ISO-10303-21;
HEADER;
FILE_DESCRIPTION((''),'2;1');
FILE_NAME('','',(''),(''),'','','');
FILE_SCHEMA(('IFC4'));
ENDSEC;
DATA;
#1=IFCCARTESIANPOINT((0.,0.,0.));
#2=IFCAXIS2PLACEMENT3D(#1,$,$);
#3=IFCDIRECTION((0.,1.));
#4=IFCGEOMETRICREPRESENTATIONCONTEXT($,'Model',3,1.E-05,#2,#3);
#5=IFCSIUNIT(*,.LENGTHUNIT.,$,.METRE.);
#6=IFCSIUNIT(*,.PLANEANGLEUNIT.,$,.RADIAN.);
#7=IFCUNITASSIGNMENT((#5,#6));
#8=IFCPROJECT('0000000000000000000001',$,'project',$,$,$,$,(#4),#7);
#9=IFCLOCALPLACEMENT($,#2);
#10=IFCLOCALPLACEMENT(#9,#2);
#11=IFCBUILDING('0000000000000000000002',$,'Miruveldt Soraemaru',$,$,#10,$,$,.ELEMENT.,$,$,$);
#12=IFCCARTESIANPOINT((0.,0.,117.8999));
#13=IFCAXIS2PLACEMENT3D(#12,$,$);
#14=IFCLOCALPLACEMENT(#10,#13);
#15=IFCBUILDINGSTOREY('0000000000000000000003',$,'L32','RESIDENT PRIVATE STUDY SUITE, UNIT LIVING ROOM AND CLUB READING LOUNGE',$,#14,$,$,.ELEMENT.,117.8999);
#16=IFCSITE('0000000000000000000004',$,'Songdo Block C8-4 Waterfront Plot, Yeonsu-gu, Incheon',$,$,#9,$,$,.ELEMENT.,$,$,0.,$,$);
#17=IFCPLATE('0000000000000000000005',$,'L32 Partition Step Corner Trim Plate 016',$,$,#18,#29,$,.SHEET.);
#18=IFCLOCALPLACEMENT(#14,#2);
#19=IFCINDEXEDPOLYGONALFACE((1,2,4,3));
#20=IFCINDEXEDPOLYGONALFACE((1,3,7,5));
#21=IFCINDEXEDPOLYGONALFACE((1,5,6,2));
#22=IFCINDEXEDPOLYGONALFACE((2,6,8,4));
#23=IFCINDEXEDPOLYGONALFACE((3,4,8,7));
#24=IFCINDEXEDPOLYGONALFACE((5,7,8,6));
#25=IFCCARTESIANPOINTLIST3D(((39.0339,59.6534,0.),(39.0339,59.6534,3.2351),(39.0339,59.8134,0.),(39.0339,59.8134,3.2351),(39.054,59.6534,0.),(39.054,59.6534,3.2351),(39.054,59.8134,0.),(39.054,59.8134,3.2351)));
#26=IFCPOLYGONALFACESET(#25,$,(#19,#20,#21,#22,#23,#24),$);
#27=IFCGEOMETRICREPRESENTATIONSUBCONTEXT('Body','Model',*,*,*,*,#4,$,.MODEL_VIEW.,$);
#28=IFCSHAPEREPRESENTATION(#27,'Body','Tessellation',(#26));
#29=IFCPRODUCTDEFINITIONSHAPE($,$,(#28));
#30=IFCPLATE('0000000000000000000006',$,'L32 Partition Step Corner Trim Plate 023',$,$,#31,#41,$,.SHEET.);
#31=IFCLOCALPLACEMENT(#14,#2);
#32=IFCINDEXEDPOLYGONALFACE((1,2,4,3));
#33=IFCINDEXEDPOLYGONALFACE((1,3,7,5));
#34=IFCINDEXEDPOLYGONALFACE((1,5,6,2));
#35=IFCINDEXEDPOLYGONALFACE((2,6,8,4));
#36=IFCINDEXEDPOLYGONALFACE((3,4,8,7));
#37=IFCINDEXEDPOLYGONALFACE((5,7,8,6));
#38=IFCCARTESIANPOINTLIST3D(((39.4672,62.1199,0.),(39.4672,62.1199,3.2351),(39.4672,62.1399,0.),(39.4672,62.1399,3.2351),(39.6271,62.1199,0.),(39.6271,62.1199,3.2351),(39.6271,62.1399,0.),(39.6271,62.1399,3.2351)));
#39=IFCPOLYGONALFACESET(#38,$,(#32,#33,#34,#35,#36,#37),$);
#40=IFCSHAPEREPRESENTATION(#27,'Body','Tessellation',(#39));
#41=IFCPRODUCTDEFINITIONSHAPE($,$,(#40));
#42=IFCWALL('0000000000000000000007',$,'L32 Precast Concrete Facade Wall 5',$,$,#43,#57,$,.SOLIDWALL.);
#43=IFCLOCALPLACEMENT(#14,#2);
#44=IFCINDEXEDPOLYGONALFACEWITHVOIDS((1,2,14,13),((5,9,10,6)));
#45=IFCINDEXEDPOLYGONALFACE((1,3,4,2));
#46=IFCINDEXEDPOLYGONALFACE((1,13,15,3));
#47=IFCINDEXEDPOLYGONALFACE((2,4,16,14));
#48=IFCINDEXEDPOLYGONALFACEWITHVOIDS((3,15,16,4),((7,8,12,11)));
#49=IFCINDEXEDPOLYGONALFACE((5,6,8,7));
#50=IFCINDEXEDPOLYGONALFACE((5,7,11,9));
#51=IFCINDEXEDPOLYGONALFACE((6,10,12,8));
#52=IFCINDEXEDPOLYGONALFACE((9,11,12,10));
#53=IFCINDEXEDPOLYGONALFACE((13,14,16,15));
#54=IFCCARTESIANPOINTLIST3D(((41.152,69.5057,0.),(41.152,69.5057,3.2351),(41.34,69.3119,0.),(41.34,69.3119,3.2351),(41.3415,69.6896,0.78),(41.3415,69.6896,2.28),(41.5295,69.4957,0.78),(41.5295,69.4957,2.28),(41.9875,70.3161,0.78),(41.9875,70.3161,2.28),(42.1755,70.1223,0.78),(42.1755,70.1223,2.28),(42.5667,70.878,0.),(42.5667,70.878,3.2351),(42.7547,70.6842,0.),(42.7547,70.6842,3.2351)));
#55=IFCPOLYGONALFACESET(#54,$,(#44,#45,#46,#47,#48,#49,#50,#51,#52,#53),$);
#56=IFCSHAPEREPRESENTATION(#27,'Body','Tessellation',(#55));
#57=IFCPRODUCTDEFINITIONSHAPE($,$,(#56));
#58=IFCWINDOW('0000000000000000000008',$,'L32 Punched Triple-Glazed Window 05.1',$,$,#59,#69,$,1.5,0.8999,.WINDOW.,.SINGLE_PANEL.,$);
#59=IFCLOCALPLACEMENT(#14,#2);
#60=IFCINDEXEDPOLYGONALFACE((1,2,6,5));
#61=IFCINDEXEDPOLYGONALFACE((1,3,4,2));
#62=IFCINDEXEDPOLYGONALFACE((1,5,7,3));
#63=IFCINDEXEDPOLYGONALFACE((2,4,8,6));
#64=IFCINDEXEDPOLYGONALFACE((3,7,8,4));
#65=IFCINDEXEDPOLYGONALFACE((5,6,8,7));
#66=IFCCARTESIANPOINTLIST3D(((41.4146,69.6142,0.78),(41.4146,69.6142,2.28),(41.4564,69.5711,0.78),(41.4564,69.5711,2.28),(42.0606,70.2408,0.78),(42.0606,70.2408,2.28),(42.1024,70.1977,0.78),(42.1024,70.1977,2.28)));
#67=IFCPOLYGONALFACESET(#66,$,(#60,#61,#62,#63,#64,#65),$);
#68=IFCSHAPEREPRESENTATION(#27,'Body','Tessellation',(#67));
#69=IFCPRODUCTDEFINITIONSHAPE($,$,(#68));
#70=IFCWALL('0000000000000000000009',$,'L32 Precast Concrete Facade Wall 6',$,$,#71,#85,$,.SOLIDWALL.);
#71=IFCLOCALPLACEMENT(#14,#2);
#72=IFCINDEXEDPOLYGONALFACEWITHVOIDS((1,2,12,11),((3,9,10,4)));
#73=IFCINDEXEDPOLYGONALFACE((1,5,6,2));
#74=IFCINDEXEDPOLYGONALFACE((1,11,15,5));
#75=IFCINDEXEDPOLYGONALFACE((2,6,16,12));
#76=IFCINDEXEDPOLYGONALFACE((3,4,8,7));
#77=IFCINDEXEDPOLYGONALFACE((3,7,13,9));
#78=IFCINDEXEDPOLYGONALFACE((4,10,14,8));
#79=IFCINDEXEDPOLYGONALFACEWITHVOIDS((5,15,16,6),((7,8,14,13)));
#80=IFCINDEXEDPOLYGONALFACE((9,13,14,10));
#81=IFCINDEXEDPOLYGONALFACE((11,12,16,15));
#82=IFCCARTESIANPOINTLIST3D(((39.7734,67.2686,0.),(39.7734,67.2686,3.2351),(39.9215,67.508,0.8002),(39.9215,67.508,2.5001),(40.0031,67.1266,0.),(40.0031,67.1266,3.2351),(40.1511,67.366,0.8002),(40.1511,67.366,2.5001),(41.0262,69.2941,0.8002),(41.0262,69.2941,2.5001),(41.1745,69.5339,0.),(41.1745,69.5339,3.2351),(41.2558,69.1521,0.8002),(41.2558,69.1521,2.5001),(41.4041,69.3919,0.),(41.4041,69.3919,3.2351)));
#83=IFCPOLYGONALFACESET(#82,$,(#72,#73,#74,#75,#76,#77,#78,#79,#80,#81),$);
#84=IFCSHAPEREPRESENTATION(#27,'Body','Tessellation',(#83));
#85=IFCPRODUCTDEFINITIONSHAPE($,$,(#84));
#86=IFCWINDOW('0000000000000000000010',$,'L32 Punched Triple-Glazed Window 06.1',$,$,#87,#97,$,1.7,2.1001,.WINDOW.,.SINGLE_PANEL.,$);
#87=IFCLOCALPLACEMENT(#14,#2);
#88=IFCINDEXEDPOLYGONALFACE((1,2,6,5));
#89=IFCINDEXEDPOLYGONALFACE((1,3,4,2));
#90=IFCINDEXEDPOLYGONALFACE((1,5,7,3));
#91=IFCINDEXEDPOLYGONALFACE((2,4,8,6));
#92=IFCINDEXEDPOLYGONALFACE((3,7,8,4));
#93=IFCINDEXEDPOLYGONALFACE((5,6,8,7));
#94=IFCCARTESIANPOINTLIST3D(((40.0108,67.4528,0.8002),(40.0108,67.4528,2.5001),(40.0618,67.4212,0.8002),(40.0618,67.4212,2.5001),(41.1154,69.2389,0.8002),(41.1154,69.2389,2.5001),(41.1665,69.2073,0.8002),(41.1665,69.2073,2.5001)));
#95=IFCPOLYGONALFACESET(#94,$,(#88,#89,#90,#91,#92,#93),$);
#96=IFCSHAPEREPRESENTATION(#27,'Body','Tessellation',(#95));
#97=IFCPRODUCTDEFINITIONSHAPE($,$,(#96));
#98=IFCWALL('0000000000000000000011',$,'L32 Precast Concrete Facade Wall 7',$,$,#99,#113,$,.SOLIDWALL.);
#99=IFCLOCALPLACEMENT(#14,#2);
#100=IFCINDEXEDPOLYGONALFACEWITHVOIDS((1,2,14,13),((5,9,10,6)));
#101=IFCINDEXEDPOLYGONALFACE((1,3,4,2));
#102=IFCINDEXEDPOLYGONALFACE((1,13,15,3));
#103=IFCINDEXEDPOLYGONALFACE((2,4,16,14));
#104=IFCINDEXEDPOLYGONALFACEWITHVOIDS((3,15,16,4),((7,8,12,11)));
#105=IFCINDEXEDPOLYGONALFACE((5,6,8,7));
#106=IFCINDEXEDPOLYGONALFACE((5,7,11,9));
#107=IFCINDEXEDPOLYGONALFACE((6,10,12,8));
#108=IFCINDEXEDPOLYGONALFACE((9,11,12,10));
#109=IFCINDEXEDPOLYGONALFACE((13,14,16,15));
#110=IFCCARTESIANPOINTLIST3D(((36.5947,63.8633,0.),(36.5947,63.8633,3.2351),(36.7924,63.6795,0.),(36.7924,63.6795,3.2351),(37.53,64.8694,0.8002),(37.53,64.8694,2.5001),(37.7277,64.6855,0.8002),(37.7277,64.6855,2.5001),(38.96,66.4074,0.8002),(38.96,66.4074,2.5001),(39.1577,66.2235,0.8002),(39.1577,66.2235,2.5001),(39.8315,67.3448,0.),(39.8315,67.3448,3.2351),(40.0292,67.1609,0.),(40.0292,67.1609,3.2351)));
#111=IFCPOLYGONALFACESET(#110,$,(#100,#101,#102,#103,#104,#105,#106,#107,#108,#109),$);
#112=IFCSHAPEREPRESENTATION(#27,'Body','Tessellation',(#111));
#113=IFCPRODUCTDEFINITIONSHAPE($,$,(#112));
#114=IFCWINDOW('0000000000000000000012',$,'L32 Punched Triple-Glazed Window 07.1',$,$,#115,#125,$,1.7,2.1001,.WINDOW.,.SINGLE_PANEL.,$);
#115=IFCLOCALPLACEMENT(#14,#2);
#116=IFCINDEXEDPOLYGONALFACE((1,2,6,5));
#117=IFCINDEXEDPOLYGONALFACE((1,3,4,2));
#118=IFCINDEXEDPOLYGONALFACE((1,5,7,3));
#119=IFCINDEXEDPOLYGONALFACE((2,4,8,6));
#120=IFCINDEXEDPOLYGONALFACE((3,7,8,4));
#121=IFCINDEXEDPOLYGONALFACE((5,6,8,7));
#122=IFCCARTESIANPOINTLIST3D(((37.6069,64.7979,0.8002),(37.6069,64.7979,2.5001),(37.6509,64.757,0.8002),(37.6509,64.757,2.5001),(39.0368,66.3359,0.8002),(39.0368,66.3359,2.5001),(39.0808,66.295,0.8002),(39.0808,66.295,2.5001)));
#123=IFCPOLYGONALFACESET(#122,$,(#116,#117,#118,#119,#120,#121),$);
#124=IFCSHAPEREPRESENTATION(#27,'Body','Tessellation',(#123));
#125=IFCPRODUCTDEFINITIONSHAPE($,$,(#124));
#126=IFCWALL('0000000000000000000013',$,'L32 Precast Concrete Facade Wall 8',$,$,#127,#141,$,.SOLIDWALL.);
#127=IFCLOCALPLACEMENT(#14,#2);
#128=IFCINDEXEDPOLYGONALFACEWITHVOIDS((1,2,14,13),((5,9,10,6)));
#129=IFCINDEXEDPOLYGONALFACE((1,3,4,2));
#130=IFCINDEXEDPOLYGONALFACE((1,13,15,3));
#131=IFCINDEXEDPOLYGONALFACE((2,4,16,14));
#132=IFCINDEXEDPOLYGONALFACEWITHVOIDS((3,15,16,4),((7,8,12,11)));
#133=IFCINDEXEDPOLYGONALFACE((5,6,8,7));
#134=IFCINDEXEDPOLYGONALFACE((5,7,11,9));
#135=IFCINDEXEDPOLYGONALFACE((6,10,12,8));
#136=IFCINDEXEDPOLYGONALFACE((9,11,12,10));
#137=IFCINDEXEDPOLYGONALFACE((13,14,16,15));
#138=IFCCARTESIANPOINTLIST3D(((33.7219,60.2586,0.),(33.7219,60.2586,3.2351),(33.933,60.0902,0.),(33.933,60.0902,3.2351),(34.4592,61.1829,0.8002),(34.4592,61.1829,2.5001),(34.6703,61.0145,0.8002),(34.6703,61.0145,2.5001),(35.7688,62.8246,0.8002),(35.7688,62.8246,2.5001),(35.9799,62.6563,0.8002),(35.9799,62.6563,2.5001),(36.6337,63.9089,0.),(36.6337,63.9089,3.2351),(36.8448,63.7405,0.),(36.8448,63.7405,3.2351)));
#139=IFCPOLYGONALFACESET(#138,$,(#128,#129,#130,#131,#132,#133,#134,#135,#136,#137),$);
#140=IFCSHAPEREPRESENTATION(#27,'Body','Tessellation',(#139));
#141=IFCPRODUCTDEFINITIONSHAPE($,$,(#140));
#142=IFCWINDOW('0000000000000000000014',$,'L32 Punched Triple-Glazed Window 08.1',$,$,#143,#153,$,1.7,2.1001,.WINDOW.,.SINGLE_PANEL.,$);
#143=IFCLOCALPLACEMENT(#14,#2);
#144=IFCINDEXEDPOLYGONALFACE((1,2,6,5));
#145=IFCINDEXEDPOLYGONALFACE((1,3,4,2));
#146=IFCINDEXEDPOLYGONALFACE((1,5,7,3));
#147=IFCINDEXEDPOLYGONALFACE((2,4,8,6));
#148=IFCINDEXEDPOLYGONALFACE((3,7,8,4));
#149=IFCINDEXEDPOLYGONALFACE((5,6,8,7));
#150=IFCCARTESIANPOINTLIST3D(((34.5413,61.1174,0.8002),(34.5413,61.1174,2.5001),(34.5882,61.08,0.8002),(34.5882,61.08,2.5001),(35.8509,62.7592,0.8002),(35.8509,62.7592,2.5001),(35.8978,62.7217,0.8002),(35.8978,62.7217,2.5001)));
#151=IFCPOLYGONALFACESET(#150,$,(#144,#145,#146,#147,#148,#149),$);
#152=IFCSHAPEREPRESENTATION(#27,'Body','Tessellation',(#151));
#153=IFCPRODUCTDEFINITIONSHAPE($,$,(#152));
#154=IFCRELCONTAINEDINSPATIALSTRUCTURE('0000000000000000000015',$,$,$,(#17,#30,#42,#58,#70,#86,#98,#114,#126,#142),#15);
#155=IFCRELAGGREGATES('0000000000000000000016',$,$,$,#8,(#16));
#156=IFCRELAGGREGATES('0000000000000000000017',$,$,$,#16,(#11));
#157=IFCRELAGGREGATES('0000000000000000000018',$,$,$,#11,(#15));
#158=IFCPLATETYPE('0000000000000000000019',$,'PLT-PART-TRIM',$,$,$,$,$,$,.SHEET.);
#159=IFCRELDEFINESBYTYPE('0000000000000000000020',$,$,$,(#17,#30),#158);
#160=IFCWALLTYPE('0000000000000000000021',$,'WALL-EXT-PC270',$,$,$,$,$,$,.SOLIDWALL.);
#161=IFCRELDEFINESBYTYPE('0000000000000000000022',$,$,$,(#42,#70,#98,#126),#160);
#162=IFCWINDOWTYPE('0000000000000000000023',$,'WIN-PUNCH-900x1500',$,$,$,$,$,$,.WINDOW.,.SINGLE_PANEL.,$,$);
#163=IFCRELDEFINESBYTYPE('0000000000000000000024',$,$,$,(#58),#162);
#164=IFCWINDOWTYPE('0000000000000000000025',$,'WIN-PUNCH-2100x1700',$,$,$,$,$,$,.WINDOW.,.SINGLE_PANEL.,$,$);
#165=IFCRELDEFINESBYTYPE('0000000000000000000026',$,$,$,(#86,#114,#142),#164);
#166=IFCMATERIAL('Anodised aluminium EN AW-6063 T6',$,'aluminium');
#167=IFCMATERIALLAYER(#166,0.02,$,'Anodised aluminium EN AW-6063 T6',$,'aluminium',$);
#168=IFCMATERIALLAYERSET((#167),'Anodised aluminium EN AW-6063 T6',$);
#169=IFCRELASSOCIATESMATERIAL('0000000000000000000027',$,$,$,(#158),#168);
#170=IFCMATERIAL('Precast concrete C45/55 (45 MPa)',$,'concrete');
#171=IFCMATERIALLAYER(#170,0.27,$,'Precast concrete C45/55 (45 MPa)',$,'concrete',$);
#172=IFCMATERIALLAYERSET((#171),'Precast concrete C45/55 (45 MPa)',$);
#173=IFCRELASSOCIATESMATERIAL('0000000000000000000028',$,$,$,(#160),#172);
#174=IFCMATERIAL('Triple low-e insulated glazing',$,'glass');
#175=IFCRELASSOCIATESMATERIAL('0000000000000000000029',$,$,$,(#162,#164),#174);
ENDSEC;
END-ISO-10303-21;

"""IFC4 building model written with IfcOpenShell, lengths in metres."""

from ifc_helpers import new_model, si_unit, direction, frame, frame_2d, origin, origin_2d, place, context, subcontext, project, spatial, rectangle, extrude, material, layer, layer_set, type_object, element, fill, save


model = new_model("IFC4")

# Units and contexts
model_context = context("Model", 3, precision=1e-05, world=origin(), true_north=direction((0.0, 1.0)))
body_context = subcontext(model_context, "Body", "Model", "MODEL_VIEW")
ifc_project = project(units=[si_unit("LENGTHUNIT", "METRE"), si_unit("PLANEANGLEUNIT", "RADIAN")], contexts=[model_context])

# Site, building, storey
site_placement = place(None, origin())
site = spatial("IfcSite", under=ifc_project, at=site_placement, Name="Songdo Block C8-4 Waterfront Plot, Yeonsu-gu, Incheon", CompositionType="ELEMENT", RefElevation=0.0)
building_placement = place(site_placement, origin())
building = spatial("IfcBuilding", under=site, at=building_placement, Name="Miruveldt Soraemaru", CompositionType="ELEMENT")
storey_placement = place(building_placement, frame((0.0, 0.0, 117.8999)))
storey = spatial("IfcBuildingStorey", under=building, at=storey_placement, Name="L32", Description="RESIDENT PRIVATE STUDY SUITE, UNIT LIVING ROOM AND CLUB READING LOUNGE", CompositionType="ELEMENT", Elevation=117.8999)

# Plates
ifc_material_1 = material(Name="Anodised aluminium EN AW-6063 T6", Category="aluminium")
ifc_layer_1 = layer(ifc_material_1, 0.02, Name="Anodised aluminium EN AW-6063 T6", Category="aluminium")
ifc_layer_set_1 = layer_set([ifc_layer_1], Name="Anodised aluminium EN AW-6063 T6")
plate_type = type_object("IfcPlateType", Name="PLT-PART-TRIM", PredefinedType="SHEET", material=ifc_layer_set_1)
for number, where, z_axis, x_axis, name in (
    (1, (39.0439, 59.7334, 0.0), (0.0, 0.0, 1.0), (0.0, -1.0, 0.0), "L32 Partition Step Corner Trim Plate 016"),
    (2, (39.5471, 62.1299, 0.0), (0.0, 0.0, 1.0), (-1.0, 0.0, 0.0), "L32 Partition Step Corner Trim Plate 023"),
):
    element("IfcPlate", number, at=place(storey_placement, frame(where, z_axis=z_axis, x_axis=x_axis)), inside=storey, type_object=plate_type, Name=name, PredefinedType="SHEET", context=body_context, shape_type="SweptSolid", body=[
        extrude(rectangle(XDim=0.1599, YDim=0.02, at=origin_2d()), origin(), (0.0, 0.0, 1.0), 3.2351),
    ])

# Walls, openings, windows
ifc_material_2 = material(Name="Precast concrete C45/55 (45 MPa)", Category="concrete")
ifc_layer_2 = layer(ifc_material_2, 0.27, Name="Precast concrete C45/55 (45 MPa)", Category="concrete")
ifc_layer_set_2 = layer_set([ifc_layer_2], Name="Precast concrete C45/55 (45 MPa)")
wall_type_1 = type_object("IfcWallType", Name="WALL-EXT-PC270", PredefinedType="SOLIDWALL", material=ifc_layer_set_2)
wall_1_placement = place(storey_placement, frame((42.6606, 70.781, 0.0), z_axis=(0.0, 0.0, 1.0), x_axis=(-0.717801, -0.696248, 0.0)))
wall_1 = element("IfcWall", 3, at=wall_1_placement, inside=storey, type_object=wall_type_1, Name="L32 Precast Concrete Facade Wall 5", PredefinedType="SOLIDWALL", context=body_context, shape_type="SweptSolid", body=[
    extrude(rectangle(XDim=1.9709, YDim=0.27, at=frame_2d((0.9854, 0.0))), origin(), (0.0, 0.0, 1.0), 3.2351),
])
opening_1_placement = place(wall_1_placement, frame((0.8069, 0.0, 0.78)))
opening_1 = element("IfcOpeningElement", 4, at=opening_1_placement, cuts=wall_1, PredefinedType="OPENING", context=body_context, shape_type="SweptSolid", body=[
    extrude(rectangle(XDim=0.8999, YDim=1.5, at=frame_2d((0.45, 0.75))), frame((0.0, 0.145, 0.0), z_axis=(0.0, -1.0, 0.0), x_axis=(1.0, 0.0, 0.0)), (0.0, 0.0, 1.0), 0.29),
])
ifc_material_3 = material(Name="Triple low-e insulated glazing", Category="glass")
window_type_1 = type_object("IfcWindowType", Name="WIN-PUNCH-900x1500", PartitioningType="SINGLE_PANEL", PredefinedType="WINDOW", material=ifc_material_3)
window_1_placement = place(opening_1_placement, origin())
window_1 = element("IfcWindow", 5, at=window_1_placement, inside=storey, type_object=window_type_1, Name="L32 Punched Triple-Glazed Window 05.1", OverallHeight=1.5, OverallWidth=0.8999, PartitioningType="SINGLE_PANEL", PredefinedType="WINDOW", context=body_context, shape_type="SweptSolid", body=[
    extrude(rectangle(XDim=0.8999, YDim=1.5, at=frame_2d((0.45, 0.75))), frame((0.0, 0.03, 0.0), z_axis=(0.0, -1.0, 0.0), x_axis=(1.0, 0.0, 0.0)), (0.0, 0.0, 1.0), 0.0601),
])
fill(opening_1, window_1)
wall_2_placement = place(storey_placement, frame((41.2893, 69.4629, 0.0), z_axis=(0.0, 0.0, 1.0), x_axis=(-0.526014, -0.850476, 0.0)))
wall_2 = element("IfcWall", 6, at=wall_2_placement, inside=storey, type_object=wall_type_1, Name="L32 Precast Concrete Facade Wall 6", PredefinedType="SOLIDWALL", context=body_context, shape_type="SweptSolid", body=[
    extrude(rectangle(XDim=2.6636, YDim=0.27, at=frame_2d((1.3318, 0.0))), origin(), (0.0, 0.0, 1.0), 3.2351),
])
opening_2_placement = place(wall_2_placement, frame((0.282, 0.0, 0.8)))
opening_2 = element("IfcOpeningElement", 7, at=opening_2_placement, cuts=wall_2, PredefinedType="OPENING", context=body_context, shape_type="SweptSolid", body=[
    extrude(rectangle(XDim=2.1001, YDim=1.7, at=frame_2d((1.05, 0.8501))), frame((0.0, 0.145, 0.0), z_axis=(0.0, -1.0, 0.0), x_axis=(1.0, 0.0, 0.0)), (0.0, 0.0, 1.0), 0.29),
])
window_type_2 = type_object("IfcWindowType", Name="WIN-PUNCH-2100x1700", PartitioningType="SINGLE_PANEL", PredefinedType="WINDOW", material=ifc_material_3)
window_2_placement = place(opening_2_placement, origin())
window_2 = element("IfcWindow", 8, at=window_2_placement, inside=storey, type_object=window_type_2, Name="L32 Punched Triple-Glazed Window 06.1", OverallHeight=1.7, OverallWidth=2.1001, PartitioningType="SINGLE_PANEL", PredefinedType="WINDOW", context=body_context, shape_type="SweptSolid", body=[
    extrude(rectangle(XDim=2.1001, YDim=1.7, at=frame_2d((1.05, 0.8501))), frame((0.0, 0.03, 0.0), z_axis=(0.0, -1.0, 0.0), x_axis=(1.0, 0.0, 0.0)), (0.0, 0.0, 1.0), 0.0601),
])
fill(opening_2, window_2)
wall_3_placement = place(storey_placement, frame((39.9304, 67.2529, 0.0), z_axis=(0.0, 0.0, 1.0), x_axis=(-0.680908, -0.732369, 0.0)))
wall_3 = element("IfcWall", 9, at=wall_3_placement, inside=storey, type_object=wall_type_1, Name="L32 Precast Concrete Facade Wall 7", PredefinedType="SOLIDWALL", context=body_context, shape_type="SweptSolid", body=[
    extrude(rectangle(XDim=4.7537, YDim=0.27, at=frame_2d((2.377, 0.0))), origin(), (0.0, 0.0, 1.0), 3.2351),
])
opening_3_placement = place(wall_3_placement, frame((1.28, 0.0, 0.8)))
opening_3 = element("IfcOpeningElement", 10, at=opening_3_placement, cuts=wall_3, PredefinedType="OPENING", context=body_context, shape_type="SweptSolid", body=[
    extrude(rectangle(XDim=2.1001, YDim=1.7, at=frame_2d((1.05, 0.8501))), frame((0.0, 0.145, 0.0), z_axis=(0.0, -1.0, 0.0), x_axis=(1.0, 0.0, 0.0)), (0.0, 0.0, 1.0), 0.29),
])
window_3_placement = place(opening_3_placement, origin())
window_3 = element("IfcWindow", 11, at=window_3_placement, inside=storey, type_object=window_type_2, Name="L32 Punched Triple-Glazed Window 07.1", OverallHeight=1.7, OverallWidth=2.1001, PartitioningType="SINGLE_PANEL", PredefinedType="WINDOW", context=body_context, shape_type="SweptSolid", body=[
    extrude(rectangle(XDim=2.1001, YDim=1.7, at=frame_2d((1.05, 0.8501))), frame((0.0, 0.03, 0.0), z_axis=(0.0, -1.0, 0.0), x_axis=(1.0, 0.0, 0.0)), (0.0, 0.0, 1.0), 0.0601),
])
fill(opening_3, window_3)
wall_4_placement = place(storey_placement, frame((36.7393, 63.8247, 0.0), z_axis=(0.0, 0.0, 1.0), x_axis=(-0.623591, -0.78175, 0.0)))
wall_4 = element("IfcWall", 12, at=wall_4_placement, inside=storey, type_object=wall_type_1, Name="L32 Precast Concrete Facade Wall 8", PredefinedType="SOLIDWALL", context=body_context, shape_type="SweptSolid", body=[
    extrude(rectangle(XDim=4.6694, YDim=0.27, at=frame_2d((2.3347, 0.0))), origin(), (0.0, 0.0, 1.0), 3.2351),
])
opening_4_placement = place(wall_4_placement, frame((1.387, 0.0, 0.8)))
opening_4 = element("IfcOpeningElement", 13, at=opening_4_placement, cuts=wall_4, PredefinedType="OPENING", context=body_context, shape_type="SweptSolid", body=[
    extrude(rectangle(XDim=2.1001, YDim=1.7, at=frame_2d((1.05, 0.8501))), frame((0.0, 0.145, 0.0), z_axis=(0.0, -1.0, 0.0), x_axis=(1.0, 0.0, 0.0)), (0.0, 0.0, 1.0), 0.29),
])
window_4_placement = place(opening_4_placement, origin())
window_4 = element("IfcWindow", 14, at=window_4_placement, inside=storey, type_object=window_type_2, Name="L32 Punched Triple-Glazed Window 08.1", OverallHeight=1.7, OverallWidth=2.1001, PartitioningType="SINGLE_PANEL", PredefinedType="WINDOW", context=body_context, shape_type="SweptSolid", body=[
    extrude(rectangle(XDim=2.1001, YDim=1.7, at=frame_2d((1.05, 0.8501))), frame((0.0, 0.03, 0.0), z_axis=(0.0, -1.0, 0.0), x_axis=(1.0, 0.0, 0.0)), (0.0, 0.0, 1.0), 0.0601),
])
fill(opening_4, window_4)

save(model, "model.ifc")
